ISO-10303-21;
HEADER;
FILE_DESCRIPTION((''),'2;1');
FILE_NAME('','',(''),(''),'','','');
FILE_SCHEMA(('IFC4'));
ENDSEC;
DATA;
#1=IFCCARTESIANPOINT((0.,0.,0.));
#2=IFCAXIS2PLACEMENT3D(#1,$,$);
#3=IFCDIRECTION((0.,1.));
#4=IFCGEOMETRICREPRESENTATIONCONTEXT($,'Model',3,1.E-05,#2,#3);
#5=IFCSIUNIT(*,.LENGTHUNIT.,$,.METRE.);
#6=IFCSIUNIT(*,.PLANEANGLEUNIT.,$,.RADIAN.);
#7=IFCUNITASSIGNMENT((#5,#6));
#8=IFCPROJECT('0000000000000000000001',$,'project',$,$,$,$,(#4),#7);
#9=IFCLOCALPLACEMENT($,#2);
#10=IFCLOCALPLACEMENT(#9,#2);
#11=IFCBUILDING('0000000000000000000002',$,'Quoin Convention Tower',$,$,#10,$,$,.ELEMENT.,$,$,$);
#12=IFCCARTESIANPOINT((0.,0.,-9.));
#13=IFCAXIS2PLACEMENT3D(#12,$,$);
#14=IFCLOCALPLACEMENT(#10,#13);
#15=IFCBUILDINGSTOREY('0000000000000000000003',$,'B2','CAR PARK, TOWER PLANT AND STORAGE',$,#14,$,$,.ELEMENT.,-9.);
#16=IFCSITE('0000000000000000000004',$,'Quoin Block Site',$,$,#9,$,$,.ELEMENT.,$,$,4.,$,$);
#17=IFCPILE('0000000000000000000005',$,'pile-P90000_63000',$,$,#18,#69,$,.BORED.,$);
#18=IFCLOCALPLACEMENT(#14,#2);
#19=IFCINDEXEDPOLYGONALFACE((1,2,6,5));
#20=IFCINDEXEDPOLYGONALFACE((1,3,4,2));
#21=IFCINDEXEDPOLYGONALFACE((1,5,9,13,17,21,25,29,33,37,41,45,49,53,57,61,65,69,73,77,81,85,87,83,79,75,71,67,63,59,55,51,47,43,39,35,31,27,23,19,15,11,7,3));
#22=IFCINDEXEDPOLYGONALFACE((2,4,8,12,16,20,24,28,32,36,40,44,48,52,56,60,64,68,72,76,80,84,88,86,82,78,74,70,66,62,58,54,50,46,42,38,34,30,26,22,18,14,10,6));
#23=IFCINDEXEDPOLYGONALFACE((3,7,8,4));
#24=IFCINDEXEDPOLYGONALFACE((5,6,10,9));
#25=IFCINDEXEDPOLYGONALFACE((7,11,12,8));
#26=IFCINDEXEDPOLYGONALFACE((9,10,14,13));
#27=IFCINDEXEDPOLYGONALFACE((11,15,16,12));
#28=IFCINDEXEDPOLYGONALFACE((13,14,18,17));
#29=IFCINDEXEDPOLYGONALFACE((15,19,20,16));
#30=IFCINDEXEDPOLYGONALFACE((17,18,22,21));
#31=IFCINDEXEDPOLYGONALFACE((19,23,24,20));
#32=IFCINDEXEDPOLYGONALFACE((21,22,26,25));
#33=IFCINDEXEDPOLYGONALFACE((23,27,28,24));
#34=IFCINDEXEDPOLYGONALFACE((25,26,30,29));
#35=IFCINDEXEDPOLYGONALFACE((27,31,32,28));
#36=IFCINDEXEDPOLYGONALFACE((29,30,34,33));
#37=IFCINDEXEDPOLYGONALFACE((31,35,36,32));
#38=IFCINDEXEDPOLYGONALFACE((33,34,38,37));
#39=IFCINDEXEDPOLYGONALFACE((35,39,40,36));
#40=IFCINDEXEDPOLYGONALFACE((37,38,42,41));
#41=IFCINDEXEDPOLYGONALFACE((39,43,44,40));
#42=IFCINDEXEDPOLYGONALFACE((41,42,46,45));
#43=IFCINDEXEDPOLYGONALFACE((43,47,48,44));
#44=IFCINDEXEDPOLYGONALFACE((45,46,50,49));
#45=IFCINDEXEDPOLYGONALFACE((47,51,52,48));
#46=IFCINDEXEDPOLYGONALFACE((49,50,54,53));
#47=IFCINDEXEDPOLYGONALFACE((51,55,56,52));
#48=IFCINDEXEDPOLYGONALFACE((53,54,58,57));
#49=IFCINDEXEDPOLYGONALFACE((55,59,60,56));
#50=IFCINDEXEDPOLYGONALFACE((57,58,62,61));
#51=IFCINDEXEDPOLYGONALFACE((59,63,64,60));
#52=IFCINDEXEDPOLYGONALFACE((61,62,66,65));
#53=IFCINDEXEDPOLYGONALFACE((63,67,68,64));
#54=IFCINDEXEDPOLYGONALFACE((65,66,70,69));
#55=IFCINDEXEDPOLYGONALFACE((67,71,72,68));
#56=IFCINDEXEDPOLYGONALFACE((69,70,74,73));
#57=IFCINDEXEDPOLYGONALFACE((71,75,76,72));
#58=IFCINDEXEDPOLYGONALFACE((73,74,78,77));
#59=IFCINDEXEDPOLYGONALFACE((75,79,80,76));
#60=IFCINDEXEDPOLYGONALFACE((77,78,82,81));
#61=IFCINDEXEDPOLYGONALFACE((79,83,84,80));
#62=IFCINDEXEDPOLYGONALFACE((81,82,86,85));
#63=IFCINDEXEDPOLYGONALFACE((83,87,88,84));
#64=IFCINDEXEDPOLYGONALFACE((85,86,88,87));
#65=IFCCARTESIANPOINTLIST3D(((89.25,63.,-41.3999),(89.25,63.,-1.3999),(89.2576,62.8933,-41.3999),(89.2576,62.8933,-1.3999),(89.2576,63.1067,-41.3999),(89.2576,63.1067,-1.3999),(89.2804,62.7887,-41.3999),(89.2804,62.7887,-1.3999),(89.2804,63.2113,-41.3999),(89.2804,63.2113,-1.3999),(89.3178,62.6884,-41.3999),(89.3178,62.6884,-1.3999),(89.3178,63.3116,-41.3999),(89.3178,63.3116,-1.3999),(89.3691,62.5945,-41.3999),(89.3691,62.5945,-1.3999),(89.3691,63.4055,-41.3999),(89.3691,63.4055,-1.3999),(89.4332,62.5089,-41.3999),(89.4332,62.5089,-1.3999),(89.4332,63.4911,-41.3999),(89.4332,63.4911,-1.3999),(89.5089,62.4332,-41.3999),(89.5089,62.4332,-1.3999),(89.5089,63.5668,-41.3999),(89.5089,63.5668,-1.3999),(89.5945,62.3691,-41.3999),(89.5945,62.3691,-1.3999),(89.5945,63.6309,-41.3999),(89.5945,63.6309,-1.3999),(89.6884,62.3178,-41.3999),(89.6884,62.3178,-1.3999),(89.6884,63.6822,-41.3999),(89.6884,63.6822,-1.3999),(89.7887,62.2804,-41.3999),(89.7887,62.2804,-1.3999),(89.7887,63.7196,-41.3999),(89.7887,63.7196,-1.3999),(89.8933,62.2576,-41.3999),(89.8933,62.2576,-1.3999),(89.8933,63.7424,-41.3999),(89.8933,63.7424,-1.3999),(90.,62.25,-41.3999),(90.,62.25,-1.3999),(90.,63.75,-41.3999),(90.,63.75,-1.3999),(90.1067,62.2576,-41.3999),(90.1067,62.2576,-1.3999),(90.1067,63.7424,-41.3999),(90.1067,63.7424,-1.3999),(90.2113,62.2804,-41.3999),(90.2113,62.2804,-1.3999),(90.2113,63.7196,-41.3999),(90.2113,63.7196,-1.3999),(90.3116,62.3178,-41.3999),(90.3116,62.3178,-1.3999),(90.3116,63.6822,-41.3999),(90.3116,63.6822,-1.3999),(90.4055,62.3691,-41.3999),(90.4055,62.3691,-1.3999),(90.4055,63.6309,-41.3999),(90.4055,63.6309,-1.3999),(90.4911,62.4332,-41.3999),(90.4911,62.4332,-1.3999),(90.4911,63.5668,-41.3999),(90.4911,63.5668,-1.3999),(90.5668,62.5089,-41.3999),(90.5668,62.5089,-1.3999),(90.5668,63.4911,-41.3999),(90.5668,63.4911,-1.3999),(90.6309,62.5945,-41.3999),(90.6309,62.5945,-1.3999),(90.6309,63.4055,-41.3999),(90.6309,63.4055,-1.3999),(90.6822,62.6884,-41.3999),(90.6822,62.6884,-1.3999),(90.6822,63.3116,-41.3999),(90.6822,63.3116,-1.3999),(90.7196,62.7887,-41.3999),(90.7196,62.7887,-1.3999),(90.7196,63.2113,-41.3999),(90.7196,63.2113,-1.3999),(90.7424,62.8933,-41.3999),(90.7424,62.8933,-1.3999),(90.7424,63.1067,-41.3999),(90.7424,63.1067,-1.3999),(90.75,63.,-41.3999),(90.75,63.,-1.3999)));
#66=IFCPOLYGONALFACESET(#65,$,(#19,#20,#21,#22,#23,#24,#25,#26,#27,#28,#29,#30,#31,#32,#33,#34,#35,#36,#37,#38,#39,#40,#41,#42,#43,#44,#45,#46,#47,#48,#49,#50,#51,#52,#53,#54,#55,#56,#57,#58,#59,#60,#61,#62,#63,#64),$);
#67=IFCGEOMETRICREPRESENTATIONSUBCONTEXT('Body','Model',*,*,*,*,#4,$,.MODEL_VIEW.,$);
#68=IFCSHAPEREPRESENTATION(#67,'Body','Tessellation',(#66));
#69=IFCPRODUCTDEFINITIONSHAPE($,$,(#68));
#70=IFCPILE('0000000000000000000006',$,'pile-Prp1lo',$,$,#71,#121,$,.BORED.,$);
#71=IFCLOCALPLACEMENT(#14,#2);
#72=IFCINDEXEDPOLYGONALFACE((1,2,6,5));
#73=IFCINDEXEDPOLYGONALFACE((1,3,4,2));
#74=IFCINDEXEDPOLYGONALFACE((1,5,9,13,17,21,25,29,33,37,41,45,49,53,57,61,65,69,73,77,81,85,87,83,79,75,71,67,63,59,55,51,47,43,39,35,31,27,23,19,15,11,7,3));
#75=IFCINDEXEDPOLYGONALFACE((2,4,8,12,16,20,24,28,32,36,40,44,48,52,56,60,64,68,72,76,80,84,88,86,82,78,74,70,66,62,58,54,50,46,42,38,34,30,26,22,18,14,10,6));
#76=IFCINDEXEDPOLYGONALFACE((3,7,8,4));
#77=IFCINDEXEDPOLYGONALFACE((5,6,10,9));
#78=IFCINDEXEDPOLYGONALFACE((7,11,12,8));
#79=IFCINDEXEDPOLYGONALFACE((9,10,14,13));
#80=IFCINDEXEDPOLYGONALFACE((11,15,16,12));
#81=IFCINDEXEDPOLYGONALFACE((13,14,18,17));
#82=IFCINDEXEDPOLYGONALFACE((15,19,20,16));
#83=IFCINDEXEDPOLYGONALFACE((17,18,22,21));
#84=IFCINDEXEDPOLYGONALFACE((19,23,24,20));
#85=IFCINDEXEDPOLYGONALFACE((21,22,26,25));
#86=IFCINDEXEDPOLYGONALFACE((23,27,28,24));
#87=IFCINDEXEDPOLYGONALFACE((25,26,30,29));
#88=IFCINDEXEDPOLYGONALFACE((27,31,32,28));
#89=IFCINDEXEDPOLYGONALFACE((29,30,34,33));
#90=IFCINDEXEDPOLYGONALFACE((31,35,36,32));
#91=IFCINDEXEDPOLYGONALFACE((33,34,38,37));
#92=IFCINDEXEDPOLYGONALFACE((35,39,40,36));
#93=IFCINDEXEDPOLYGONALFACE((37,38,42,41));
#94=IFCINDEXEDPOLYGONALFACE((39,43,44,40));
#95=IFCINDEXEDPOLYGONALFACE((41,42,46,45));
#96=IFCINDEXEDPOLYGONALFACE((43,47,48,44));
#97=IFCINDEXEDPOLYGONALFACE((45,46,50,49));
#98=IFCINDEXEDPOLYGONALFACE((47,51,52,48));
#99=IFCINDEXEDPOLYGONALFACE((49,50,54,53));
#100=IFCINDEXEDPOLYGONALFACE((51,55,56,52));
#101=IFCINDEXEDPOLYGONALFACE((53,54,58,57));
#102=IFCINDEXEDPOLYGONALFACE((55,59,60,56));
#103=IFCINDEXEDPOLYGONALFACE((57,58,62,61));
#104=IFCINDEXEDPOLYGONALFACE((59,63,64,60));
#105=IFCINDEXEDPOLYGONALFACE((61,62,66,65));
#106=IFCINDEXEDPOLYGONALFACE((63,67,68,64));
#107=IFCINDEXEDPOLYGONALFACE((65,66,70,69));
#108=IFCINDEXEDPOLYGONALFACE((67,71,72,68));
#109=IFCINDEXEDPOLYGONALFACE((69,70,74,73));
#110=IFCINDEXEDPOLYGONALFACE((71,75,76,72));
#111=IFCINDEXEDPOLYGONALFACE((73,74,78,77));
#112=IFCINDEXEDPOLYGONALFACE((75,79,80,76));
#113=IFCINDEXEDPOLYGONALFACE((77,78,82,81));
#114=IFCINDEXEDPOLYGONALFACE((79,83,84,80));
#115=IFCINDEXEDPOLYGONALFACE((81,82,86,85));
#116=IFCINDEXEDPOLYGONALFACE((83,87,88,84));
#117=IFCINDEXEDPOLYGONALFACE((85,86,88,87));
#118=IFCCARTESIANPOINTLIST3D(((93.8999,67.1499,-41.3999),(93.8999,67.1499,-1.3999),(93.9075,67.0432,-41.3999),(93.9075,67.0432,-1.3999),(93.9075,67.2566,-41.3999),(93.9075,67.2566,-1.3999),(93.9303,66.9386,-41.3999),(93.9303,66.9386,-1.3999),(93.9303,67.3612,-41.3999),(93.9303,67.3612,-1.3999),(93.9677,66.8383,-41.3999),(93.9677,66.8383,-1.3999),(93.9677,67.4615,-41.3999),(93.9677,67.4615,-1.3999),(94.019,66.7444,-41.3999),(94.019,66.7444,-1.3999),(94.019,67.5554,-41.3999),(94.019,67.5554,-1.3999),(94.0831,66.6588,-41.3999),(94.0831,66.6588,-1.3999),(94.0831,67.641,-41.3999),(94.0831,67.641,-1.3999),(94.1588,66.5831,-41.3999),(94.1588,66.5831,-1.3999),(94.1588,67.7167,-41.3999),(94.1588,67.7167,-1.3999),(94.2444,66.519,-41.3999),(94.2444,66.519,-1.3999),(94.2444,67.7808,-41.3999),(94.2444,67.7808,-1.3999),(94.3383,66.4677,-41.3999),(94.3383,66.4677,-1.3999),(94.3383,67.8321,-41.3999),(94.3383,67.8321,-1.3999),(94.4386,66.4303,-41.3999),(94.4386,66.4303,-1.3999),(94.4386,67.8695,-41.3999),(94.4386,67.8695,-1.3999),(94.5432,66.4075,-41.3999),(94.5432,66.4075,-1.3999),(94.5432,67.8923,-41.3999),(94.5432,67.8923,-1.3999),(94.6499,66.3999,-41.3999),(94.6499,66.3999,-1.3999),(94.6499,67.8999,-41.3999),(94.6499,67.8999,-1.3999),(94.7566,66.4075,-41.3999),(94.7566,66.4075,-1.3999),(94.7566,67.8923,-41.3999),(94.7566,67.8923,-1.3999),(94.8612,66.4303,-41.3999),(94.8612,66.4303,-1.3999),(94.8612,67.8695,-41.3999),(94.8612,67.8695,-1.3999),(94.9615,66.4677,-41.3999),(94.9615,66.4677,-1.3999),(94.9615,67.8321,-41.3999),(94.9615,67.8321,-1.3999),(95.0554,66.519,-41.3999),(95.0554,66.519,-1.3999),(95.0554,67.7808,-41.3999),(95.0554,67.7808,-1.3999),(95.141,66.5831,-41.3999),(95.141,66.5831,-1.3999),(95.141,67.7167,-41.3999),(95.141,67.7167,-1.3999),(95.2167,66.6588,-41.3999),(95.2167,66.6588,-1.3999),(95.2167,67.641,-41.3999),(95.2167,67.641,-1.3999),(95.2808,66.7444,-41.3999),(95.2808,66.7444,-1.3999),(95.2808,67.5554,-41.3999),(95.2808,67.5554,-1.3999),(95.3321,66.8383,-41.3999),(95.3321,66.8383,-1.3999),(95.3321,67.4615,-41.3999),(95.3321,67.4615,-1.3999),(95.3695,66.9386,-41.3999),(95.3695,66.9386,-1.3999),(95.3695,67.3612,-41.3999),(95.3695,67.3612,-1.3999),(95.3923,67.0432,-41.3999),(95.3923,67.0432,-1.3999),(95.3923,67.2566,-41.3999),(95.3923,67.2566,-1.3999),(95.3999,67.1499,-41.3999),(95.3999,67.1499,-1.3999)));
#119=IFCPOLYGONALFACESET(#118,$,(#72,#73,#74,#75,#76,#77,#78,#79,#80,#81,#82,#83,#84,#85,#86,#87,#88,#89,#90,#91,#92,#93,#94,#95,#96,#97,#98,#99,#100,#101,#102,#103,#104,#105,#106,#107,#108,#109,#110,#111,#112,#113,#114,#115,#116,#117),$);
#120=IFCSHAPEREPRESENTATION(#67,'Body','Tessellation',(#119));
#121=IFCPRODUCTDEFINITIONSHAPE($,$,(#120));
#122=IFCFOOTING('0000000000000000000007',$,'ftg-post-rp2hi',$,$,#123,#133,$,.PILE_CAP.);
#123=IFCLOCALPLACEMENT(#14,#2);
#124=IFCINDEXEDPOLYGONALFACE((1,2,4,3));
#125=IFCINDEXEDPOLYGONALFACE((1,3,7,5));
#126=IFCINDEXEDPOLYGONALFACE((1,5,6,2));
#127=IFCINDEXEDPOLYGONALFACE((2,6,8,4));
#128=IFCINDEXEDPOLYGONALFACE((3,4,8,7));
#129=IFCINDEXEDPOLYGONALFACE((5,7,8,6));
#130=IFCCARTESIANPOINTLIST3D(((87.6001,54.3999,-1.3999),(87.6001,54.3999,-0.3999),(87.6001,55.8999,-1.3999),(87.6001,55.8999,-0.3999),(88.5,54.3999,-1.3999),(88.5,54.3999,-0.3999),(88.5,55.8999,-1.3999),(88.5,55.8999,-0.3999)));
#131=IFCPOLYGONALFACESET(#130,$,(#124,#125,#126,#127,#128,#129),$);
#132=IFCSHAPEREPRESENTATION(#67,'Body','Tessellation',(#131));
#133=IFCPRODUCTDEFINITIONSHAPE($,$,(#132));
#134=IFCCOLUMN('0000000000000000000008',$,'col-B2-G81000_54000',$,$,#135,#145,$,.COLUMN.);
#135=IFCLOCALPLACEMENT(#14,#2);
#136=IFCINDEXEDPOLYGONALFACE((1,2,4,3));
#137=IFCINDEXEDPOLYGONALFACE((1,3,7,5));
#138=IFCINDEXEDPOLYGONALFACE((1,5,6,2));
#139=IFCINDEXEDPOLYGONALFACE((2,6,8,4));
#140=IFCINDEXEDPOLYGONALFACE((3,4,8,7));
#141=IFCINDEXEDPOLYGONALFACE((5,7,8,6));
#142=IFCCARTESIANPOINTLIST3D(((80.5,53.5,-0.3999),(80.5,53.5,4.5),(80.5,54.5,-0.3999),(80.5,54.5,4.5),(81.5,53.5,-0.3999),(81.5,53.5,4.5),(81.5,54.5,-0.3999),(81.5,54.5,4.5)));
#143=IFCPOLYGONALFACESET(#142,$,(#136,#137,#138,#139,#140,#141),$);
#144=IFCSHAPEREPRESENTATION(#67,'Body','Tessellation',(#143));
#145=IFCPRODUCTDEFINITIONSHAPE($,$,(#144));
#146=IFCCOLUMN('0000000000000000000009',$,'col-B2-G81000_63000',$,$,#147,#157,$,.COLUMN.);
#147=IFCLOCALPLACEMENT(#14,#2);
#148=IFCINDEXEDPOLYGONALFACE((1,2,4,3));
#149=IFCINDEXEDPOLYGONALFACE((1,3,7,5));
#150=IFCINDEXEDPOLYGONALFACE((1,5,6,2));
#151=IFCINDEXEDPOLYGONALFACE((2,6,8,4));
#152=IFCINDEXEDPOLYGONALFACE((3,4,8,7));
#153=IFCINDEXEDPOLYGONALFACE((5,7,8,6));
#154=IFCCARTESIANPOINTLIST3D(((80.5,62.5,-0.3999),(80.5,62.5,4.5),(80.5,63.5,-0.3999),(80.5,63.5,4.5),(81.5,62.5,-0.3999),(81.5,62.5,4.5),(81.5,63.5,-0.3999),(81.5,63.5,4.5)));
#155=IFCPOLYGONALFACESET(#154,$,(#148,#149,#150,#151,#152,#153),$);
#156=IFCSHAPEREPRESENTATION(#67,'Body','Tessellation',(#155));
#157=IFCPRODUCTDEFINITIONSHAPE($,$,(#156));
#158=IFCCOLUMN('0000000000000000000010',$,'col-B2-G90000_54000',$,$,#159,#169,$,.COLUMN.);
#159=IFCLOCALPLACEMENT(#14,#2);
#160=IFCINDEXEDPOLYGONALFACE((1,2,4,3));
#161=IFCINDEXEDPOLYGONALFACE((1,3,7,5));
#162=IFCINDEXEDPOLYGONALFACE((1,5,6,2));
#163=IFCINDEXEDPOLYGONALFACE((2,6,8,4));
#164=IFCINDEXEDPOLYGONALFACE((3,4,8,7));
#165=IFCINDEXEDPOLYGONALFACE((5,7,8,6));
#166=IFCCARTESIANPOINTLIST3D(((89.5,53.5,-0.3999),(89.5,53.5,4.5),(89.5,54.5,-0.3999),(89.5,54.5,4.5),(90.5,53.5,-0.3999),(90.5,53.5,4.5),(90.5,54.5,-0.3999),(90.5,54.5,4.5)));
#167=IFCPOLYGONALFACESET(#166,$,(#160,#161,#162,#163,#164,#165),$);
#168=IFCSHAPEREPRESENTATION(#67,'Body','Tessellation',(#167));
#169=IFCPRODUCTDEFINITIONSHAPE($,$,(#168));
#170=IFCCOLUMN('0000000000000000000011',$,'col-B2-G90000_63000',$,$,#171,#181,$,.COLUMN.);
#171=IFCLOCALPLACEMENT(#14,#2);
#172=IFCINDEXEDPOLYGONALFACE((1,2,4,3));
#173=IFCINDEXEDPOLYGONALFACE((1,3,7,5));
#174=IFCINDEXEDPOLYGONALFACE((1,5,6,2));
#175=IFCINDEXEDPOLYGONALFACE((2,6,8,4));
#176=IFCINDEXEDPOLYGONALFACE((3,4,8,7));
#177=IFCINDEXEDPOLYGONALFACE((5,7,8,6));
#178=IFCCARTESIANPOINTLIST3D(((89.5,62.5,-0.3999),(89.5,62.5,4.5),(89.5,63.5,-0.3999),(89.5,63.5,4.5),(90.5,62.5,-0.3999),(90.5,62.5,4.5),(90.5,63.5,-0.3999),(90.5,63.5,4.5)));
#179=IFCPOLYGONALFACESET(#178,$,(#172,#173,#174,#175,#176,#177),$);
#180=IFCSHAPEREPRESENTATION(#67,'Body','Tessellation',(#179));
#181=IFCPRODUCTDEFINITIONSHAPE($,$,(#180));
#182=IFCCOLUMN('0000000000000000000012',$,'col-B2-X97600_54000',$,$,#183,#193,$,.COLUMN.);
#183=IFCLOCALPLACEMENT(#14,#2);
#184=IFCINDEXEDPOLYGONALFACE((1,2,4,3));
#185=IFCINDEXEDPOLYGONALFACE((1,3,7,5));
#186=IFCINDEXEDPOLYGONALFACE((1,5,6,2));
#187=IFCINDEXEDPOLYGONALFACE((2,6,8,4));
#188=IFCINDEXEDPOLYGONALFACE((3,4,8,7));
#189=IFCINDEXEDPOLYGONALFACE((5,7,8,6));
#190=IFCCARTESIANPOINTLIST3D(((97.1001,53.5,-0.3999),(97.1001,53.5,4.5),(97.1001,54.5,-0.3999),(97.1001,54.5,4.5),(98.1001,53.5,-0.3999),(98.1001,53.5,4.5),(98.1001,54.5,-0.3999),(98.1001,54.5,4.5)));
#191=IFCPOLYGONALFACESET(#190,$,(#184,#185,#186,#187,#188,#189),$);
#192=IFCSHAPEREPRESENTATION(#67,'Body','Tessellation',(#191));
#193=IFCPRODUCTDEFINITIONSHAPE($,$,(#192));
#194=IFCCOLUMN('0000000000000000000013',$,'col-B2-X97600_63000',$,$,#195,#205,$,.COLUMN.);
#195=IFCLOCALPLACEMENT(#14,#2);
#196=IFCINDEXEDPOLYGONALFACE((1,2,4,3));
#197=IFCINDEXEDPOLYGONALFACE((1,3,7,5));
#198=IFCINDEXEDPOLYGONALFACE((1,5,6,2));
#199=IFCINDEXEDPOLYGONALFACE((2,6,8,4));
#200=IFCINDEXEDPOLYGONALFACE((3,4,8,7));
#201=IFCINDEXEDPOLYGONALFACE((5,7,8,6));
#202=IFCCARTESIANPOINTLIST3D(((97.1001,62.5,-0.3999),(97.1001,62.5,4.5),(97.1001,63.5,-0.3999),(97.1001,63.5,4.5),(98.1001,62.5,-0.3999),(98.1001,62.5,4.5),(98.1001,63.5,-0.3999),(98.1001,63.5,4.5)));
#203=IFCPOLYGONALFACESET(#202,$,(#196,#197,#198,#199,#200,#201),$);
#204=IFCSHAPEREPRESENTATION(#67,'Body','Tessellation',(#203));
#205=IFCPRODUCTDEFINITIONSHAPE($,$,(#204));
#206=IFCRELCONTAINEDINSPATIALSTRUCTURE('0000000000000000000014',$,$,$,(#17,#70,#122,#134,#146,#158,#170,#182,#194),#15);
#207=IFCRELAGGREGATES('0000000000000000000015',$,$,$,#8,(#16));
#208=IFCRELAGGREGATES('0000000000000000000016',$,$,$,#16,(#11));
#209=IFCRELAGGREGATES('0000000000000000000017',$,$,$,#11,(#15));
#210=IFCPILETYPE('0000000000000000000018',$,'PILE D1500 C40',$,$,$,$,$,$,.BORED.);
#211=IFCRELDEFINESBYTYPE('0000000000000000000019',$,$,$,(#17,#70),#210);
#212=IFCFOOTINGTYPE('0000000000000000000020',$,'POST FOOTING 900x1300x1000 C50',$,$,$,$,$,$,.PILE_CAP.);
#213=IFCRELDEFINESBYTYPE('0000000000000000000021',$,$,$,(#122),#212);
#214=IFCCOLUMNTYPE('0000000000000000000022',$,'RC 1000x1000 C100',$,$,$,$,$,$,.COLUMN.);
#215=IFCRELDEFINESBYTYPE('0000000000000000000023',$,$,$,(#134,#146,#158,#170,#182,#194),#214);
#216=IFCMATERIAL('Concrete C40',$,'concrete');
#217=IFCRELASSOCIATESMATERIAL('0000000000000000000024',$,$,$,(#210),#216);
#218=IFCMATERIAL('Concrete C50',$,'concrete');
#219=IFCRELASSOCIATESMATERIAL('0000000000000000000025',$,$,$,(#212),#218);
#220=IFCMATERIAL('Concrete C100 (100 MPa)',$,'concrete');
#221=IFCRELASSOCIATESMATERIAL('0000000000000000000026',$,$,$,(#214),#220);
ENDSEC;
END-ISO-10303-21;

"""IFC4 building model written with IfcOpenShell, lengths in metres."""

from ifc_helpers import new_model, si_unit, direction, frame, origin, origin_2d, place, context, subcontext, project, spatial, rectangle, circle, extrude, material, material_profile, profile_set, type_object, element, save


model = new_model("IFC4")

# Units and contexts
model_context = context("Model", 3, precision=1e-05, world=origin(), true_north=direction((0.0, 1.0)))
body_context = subcontext(model_context, "Body", "Model", "MODEL_VIEW")
ifc_project = project(units=[si_unit("LENGTHUNIT", "METRE"), si_unit("PLANEANGLEUNIT", "RADIAN")], contexts=[model_context])

# Site, building, storey
site_placement = place(None, origin())
site = spatial("IfcSite", under=ifc_project, at=site_placement, Name="Quoin Block Site", CompositionType="ELEMENT", RefElevation=4.0)
building_placement = place(site_placement, origin())
building = spatial("IfcBuilding", under=site, at=building_placement, Name="Quoin Convention Tower", CompositionType="ELEMENT")
storey_placement = place(building_placement, frame((0.0, 0.0, -9.0)))
storey = spatial("IfcBuildingStorey", under=building, at=storey_placement, Name="B2", Description="CAR PARK, TOWER PLANT AND STORAGE", CompositionType="ELEMENT", Elevation=-9.0)

# Shared definitions
ifc_material_1 = material(Name="Concrete C50", Category="concrete")

# Piles
ifc_material_2 = material(Name="Concrete C40", Category="concrete")
ifc_material_profile_1 = material_profile(ifc_material_2, circle(Radius=0.75, at=origin_2d()), Name="D1500")
ifc_profile_set_1 = profile_set([ifc_material_profile_1], Name="Concrete C40")
pile_type = type_object("IfcPileType", Name="PILE D1500 C40", PredefinedType="BORED", material=ifc_profile_set_1)
for number, where, z_axis, x_axis, name in (
    (1, (90.0, 63.0, -1.3999), (0.0, 0.0, -1.0), (1.0, 0.0, 0.0), "pile-P90000_63000"),
    (2, (94.6499, 67.1499, -1.3999), (0.0, 0.0, -1.0), (1.0, 0.0, 0.0), "pile-Prp1lo"),
):
    element("IfcPile", number, at=place(storey_placement, frame(where, z_axis=z_axis, x_axis=x_axis)), inside=storey, type_object=pile_type, Name=name, PredefinedType="BORED", context=body_context, shape_type="SweptSolid", body=[
        extrude(circle(Radius=0.75, at=origin_2d()), origin(), (0.0, 0.0, 1.0), 40.0),
    ])

# Footing
footing_type_1 = type_object("IfcFootingType", Name="POST FOOTING 900x1300x1000 C50", PredefinedType="PILE_CAP", material=ifc_material_1)
footing_placement = place(storey_placement, frame((88.05, 55.1499, -1.3999), z_axis=(0.0, 0.0, 1.0), x_axis=(1.0, 0.0, 0.0)))
element("IfcFooting", 3, at=footing_placement, inside=storey, type_object=footing_type_1, Name="ftg-post-rp2hi", PredefinedType="PILE_CAP", context=body_context, shape_type="SweptSolid", body=[
    extrude(rectangle(XDim=0.8999, YDim=1.5, at=origin_2d()), origin(), (0.0, 0.0, 1.0), 1.0),
])

# Columns
ifc_material_3 = material(Name="Concrete C100 (100 MPa)", Category="concrete")
ifc_material_profile_2 = material_profile(ifc_material_3, rectangle(XDim=1.0, YDim=1.0, at=origin_2d()), Name="RC 1000x1000")
ifc_profile_set_2 = profile_set([ifc_material_profile_2], Name="Concrete C100 (100 MPa)")
column_type_1 = type_object("IfcColumnType", Name="RC 1000x1000 C100", PredefinedType="COLUMN", material=ifc_profile_set_2)
for number, where, z_axis, x_axis, name in (
    (4, (81.0, 54.0, -0.3999), (0.0, 0.0, 1.0), (1.0, 0.0, 0.0), "col-B2-G81000_54000"),
    (5, (81.0, 63.0, -0.3999), (0.0, 0.0, 1.0), (1.0, 0.0, 0.0), "col-B2-G81000_63000"),
    (6, (90.0, 54.0, -0.3999), (0.0, 0.0, 1.0), (1.0, 0.0, 0.0), "col-B2-G90000_54000"),
    (7, (90.0, 63.0, -0.3999), (0.0, 0.0, 1.0), (1.0, 0.0, 0.0), "col-B2-G90000_63000"),
    (8, (97.6001, 54.0, -0.3999), (0.0, 0.0, 1.0), (1.0, 0.0, 0.0), "col-B2-X97600_54000"),
    (9, (97.6001, 63.0, -0.3999), (0.0, 0.0, 1.0), (1.0, 0.0, 0.0), "col-B2-X97600_63000"),
):
    element("IfcColumn", number, at=place(storey_placement, frame(where, z_axis=z_axis, x_axis=x_axis)), inside=storey, type_object=column_type_1, Name=name, PredefinedType="COLUMN", context=body_context, shape_type="SweptSolid", body=[
        extrude(rectangle(XDim=1.0, YDim=1.0, at=origin_2d()), origin(), (0.0, 0.0, 1.0), 4.8999),
    ])

save(model, "model.ifc")
